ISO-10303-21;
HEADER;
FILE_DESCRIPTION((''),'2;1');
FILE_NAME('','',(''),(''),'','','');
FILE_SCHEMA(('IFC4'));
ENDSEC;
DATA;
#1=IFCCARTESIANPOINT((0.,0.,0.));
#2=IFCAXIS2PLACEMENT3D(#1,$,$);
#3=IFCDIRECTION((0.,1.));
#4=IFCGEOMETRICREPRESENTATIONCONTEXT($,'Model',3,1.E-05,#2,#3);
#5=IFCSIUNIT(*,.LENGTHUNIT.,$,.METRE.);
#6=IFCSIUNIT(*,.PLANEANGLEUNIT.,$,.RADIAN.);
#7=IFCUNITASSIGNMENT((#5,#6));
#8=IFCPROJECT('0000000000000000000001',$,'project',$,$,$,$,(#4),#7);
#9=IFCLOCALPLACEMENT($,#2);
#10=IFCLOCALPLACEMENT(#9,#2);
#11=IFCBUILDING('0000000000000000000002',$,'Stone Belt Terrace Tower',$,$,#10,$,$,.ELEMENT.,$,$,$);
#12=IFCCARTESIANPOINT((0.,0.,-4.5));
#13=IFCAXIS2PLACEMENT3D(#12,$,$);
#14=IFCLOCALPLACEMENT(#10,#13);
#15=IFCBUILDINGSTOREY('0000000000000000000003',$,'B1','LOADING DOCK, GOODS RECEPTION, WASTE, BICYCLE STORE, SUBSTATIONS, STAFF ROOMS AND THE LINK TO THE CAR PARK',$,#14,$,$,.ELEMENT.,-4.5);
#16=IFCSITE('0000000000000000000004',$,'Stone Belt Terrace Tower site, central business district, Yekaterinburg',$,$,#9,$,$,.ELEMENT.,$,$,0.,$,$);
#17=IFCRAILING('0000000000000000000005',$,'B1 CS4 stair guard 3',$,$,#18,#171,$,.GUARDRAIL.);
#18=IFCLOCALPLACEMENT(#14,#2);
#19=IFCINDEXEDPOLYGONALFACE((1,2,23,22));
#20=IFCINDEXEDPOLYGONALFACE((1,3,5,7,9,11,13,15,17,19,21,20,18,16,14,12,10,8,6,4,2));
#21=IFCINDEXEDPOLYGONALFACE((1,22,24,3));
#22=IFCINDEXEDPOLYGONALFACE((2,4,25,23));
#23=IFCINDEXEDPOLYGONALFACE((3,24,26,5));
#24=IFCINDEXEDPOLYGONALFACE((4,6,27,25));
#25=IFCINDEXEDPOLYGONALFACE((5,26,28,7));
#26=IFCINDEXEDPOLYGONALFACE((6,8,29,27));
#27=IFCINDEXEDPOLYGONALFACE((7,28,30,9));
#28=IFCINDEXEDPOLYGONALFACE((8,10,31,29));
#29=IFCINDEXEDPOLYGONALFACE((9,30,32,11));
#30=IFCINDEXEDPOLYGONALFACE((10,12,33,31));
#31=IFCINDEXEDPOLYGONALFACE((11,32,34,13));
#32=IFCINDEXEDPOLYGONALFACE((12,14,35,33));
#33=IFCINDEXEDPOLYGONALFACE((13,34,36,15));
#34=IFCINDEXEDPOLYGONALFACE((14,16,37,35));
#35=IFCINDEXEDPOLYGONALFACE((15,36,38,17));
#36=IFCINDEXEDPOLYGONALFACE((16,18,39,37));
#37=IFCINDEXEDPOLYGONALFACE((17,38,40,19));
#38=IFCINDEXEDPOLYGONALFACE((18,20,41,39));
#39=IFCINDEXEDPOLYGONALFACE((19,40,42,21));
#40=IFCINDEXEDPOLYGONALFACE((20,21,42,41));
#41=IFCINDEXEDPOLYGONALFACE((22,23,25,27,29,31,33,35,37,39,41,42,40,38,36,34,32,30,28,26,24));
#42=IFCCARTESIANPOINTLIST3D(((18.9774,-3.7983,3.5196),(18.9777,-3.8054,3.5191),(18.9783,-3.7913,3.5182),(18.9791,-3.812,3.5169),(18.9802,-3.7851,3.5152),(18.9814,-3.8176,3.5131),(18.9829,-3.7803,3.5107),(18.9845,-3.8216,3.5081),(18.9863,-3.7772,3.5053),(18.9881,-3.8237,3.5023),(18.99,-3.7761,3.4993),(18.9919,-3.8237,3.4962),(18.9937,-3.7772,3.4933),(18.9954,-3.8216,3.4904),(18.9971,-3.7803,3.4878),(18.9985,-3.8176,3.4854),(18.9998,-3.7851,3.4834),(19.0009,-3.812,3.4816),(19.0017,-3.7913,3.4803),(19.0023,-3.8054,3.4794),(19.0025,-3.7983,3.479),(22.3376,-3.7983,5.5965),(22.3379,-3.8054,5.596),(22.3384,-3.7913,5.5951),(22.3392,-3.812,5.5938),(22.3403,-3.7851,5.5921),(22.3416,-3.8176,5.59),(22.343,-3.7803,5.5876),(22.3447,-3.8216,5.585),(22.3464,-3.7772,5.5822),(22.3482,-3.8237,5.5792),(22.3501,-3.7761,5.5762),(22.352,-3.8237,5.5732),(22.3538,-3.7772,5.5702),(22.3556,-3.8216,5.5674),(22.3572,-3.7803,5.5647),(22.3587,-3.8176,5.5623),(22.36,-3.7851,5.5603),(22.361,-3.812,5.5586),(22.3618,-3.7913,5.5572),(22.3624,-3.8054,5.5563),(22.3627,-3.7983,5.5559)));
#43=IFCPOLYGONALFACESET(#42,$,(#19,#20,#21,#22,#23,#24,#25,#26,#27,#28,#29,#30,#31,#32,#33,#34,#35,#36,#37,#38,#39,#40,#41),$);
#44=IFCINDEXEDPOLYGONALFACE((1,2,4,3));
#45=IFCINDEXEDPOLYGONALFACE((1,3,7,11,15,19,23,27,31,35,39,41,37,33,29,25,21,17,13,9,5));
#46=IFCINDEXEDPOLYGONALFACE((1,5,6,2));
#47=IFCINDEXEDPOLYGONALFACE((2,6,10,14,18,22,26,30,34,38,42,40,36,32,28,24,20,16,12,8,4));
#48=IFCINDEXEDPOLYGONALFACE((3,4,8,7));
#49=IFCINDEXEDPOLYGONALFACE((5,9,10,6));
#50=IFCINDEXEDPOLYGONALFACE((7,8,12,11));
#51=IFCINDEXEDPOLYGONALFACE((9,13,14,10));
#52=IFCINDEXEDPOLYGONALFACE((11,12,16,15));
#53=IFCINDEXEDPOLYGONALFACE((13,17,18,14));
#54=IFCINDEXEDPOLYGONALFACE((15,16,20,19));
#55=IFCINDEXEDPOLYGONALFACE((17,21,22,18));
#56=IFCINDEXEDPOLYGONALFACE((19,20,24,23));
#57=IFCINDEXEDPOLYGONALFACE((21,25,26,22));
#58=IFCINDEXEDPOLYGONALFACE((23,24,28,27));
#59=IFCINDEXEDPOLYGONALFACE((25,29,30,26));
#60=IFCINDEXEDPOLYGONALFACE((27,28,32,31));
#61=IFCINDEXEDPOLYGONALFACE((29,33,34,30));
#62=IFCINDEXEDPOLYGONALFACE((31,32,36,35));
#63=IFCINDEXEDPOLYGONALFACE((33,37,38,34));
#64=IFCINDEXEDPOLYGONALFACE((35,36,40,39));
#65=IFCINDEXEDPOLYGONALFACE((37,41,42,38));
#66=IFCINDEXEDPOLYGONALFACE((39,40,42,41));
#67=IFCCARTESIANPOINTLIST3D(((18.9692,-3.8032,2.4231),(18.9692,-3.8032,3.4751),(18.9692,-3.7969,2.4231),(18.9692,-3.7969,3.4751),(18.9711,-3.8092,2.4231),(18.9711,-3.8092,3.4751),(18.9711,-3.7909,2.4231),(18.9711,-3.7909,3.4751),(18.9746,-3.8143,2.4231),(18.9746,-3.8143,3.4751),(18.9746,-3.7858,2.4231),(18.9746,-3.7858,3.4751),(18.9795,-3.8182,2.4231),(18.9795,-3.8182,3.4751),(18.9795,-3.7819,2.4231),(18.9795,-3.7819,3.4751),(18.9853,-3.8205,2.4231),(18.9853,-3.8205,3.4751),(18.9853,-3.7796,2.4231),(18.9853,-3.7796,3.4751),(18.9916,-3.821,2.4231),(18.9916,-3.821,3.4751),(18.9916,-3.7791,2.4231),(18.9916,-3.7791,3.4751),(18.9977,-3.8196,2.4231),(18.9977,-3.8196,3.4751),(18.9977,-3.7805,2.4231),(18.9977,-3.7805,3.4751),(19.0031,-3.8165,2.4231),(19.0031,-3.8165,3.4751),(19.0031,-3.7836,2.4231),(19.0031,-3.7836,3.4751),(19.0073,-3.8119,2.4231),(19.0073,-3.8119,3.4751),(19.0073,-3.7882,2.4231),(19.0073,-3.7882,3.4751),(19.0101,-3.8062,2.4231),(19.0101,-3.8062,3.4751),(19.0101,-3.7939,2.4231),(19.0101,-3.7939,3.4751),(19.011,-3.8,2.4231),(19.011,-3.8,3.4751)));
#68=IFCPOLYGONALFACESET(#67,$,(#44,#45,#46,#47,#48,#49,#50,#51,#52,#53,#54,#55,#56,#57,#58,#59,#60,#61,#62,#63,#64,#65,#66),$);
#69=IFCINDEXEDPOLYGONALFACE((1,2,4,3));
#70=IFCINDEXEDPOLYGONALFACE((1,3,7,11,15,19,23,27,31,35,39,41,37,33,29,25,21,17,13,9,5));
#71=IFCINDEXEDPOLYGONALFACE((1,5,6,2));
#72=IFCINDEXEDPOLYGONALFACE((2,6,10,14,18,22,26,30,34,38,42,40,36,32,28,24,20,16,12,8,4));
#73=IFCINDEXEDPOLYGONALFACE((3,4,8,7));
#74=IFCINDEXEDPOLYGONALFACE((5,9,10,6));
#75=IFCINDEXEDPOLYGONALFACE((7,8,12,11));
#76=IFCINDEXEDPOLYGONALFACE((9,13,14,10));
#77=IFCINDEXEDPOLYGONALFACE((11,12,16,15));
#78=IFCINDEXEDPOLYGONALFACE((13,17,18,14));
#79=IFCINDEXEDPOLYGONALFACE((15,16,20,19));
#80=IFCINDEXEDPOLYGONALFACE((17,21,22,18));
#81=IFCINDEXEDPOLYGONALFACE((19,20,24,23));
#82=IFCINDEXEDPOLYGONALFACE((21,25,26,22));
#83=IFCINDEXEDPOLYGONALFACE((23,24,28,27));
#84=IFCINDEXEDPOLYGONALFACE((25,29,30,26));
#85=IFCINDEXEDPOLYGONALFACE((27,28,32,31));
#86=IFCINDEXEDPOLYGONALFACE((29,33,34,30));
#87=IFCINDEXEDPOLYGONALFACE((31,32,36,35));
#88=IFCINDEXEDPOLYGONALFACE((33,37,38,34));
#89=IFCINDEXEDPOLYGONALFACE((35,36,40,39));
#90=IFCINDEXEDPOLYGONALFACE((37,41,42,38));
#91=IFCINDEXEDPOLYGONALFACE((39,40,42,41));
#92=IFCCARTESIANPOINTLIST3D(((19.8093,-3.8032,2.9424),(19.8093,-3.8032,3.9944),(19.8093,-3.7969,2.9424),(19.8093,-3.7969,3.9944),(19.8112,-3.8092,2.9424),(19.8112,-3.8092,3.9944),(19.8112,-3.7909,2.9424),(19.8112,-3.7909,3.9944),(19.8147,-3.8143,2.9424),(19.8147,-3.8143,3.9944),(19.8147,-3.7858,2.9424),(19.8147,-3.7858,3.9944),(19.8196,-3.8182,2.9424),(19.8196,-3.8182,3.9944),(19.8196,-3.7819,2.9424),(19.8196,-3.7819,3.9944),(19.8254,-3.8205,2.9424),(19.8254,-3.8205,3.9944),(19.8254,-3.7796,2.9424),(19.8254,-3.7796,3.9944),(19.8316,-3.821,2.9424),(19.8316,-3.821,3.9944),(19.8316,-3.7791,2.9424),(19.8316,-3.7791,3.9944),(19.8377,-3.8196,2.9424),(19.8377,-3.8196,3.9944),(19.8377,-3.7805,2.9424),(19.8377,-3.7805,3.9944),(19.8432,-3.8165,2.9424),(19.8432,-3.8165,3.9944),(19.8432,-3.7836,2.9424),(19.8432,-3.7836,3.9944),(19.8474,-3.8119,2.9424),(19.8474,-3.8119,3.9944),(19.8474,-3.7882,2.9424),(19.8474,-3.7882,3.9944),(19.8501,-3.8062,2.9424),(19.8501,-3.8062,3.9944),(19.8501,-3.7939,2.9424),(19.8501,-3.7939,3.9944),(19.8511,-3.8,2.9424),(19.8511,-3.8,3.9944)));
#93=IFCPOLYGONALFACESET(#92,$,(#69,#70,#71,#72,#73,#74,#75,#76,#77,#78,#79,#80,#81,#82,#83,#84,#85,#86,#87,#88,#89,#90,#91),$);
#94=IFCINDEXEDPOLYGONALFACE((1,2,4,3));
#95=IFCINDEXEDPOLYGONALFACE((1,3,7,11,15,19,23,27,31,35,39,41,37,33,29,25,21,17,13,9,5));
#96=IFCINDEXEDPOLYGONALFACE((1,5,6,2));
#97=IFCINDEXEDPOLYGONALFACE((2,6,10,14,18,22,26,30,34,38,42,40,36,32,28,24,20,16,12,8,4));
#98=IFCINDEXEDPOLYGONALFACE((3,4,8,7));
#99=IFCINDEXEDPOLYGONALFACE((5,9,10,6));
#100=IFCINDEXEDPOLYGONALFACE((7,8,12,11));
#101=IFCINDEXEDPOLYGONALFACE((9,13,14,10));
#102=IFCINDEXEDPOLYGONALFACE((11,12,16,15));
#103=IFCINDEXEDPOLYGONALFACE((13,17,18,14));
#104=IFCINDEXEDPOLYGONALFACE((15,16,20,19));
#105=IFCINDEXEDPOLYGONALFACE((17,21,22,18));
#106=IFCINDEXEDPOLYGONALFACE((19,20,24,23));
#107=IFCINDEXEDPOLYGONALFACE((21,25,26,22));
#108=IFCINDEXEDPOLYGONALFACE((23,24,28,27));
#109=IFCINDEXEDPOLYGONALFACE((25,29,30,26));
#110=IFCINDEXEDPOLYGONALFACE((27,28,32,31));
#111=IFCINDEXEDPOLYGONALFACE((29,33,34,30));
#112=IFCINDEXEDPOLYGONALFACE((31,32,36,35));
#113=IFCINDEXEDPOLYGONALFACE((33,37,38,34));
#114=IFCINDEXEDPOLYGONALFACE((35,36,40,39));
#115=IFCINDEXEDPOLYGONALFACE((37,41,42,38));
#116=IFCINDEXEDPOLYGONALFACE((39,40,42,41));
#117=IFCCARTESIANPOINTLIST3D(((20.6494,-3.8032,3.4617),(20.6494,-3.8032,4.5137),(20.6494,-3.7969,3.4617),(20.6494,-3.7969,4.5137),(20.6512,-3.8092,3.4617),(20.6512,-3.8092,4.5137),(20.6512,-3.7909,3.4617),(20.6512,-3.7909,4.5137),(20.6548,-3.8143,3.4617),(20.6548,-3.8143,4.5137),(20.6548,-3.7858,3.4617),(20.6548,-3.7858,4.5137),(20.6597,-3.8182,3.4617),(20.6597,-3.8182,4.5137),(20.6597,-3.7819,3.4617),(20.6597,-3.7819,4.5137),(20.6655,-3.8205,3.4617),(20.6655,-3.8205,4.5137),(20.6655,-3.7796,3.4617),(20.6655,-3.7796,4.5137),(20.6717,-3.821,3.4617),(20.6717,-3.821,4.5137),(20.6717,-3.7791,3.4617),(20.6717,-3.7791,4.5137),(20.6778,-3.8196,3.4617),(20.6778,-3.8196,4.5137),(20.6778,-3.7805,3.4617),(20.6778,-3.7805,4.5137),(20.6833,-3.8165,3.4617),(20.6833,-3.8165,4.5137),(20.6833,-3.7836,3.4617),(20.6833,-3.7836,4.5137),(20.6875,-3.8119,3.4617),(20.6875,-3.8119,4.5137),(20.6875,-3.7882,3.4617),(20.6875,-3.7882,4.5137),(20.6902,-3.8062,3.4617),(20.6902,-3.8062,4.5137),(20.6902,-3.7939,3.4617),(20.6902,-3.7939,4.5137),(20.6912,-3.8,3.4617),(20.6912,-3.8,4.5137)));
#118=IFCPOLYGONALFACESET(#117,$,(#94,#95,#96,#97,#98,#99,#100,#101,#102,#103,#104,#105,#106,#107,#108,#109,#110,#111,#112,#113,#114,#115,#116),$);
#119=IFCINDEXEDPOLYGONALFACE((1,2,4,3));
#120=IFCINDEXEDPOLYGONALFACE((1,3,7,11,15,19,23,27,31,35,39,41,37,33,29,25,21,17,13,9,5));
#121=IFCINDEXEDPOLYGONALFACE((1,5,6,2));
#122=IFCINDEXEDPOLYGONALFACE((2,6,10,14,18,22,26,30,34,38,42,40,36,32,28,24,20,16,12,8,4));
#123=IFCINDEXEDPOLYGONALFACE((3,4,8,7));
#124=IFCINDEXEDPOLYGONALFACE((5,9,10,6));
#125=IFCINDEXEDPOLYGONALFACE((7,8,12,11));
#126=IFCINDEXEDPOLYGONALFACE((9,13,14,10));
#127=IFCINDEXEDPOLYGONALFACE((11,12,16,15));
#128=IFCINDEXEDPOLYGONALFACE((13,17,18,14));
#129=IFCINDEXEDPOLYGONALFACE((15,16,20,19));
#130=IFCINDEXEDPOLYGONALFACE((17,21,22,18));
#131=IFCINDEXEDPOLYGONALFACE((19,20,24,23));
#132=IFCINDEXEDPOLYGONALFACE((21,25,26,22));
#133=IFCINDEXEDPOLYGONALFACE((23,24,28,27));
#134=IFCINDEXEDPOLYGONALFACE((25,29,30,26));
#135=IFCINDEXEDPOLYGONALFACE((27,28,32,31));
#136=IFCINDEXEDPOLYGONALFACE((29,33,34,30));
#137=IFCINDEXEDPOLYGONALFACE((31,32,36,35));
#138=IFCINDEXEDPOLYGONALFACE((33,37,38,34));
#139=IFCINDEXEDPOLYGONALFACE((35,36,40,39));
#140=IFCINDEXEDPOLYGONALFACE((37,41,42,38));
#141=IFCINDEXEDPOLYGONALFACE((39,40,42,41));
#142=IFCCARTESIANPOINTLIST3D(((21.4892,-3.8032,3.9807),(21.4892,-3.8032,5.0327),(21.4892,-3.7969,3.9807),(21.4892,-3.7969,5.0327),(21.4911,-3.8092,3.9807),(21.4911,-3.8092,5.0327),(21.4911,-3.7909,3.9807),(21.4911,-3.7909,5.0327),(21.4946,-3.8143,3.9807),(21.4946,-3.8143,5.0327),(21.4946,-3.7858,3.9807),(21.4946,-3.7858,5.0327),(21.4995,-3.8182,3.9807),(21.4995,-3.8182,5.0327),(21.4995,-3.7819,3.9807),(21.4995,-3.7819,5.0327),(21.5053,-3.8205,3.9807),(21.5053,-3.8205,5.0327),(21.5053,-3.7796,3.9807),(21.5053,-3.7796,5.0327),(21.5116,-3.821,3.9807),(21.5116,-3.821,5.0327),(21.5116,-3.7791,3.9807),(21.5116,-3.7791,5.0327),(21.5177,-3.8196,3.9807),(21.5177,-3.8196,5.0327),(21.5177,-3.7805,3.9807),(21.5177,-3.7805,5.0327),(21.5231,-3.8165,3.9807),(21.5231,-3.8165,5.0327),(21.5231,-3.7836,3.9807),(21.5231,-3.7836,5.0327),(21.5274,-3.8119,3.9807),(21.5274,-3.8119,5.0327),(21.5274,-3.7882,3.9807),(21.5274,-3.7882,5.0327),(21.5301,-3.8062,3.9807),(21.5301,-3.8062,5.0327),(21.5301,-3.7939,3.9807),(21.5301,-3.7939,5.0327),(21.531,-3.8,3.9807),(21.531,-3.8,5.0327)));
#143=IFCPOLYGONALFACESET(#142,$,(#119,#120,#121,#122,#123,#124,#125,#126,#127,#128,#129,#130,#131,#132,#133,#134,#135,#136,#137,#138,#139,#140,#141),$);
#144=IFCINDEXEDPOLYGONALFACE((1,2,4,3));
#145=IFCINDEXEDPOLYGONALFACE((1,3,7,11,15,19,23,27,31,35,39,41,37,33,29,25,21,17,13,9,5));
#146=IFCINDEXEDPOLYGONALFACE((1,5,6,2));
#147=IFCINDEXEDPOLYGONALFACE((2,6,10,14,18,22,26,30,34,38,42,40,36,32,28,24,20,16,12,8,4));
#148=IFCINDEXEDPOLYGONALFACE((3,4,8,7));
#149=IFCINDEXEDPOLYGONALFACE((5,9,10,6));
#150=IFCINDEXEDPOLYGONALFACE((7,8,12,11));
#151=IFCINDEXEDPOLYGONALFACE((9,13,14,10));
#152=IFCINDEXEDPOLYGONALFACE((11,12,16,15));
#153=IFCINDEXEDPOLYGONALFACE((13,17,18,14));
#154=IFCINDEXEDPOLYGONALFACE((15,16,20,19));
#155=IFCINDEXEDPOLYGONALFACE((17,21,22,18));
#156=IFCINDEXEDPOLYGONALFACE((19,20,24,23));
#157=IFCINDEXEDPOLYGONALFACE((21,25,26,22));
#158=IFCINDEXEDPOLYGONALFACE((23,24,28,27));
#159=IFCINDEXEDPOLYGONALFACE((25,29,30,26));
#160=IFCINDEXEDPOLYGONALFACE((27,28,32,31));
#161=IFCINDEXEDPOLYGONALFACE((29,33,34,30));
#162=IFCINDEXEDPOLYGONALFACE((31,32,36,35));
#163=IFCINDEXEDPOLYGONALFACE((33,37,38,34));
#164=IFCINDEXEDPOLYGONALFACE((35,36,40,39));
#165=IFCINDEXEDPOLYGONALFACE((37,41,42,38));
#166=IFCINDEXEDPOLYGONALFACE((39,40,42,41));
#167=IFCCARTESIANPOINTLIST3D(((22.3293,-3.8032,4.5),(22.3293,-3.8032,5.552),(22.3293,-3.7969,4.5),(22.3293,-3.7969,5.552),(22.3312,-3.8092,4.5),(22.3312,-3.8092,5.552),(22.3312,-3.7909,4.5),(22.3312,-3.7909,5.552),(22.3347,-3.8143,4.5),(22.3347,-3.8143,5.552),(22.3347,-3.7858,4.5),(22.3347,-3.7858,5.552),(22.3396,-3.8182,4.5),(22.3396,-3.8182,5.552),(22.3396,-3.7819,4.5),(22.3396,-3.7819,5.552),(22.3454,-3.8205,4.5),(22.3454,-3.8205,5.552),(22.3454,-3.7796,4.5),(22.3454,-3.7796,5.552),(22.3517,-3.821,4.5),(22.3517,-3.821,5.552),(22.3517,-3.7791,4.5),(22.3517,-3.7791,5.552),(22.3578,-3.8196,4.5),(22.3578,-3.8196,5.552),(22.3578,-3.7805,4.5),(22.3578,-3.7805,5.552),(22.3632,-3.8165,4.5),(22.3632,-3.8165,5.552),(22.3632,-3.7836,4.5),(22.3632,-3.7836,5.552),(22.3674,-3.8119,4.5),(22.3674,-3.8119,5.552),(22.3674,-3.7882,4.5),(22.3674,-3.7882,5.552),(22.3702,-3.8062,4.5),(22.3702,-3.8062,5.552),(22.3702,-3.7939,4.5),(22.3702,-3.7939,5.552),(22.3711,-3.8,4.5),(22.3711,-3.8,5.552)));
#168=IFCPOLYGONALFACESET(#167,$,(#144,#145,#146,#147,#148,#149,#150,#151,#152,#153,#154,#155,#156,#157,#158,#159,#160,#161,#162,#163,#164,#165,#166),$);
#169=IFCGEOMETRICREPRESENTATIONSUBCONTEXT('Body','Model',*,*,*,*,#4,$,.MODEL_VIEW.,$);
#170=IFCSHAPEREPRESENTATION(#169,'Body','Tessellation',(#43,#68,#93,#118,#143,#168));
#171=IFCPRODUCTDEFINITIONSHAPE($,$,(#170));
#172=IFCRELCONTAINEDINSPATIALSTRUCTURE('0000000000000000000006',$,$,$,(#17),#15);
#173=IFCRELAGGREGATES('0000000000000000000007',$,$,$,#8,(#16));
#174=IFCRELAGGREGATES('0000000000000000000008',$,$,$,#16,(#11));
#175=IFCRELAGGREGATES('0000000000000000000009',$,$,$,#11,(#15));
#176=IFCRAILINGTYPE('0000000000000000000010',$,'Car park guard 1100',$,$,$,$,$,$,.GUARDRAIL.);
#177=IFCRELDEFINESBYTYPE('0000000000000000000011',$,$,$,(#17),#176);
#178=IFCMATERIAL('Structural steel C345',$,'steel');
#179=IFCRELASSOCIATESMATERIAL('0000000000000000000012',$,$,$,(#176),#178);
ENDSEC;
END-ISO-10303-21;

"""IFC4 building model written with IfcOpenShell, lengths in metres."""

from ifc_helpers import new_model, si_unit, direction, frame, origin, origin_2d, place, context, subcontext, project, spatial, circle, extrude, material, type_object, element, save


model = new_model("IFC4")

# Units and contexts
model_context = context("Model", 3, precision=1e-05, world=origin(), true_north=direction((0.0, 1.0)))
body_context = subcontext(model_context, "Body", "Model", "MODEL_VIEW")
ifc_project = project(units=[si_unit("LENGTHUNIT", "METRE"), si_unit("PLANEANGLEUNIT", "RADIAN")], contexts=[model_context])

# Site, building, storey
site_placement = place(None, origin())
site = spatial("IfcSite", under=ifc_project, at=site_placement, Name="Stone Belt Terrace Tower site, central business district, Yekaterinburg", CompositionType="ELEMENT", RefElevation=0.0)
building_placement = place(site_placement, origin())
building = spatial("IfcBuilding", under=site, at=building_placement, Name="Stone Belt Terrace Tower", CompositionType="ELEMENT")
storey_placement = place(building_placement, frame((0.0, 0.0, -4.5)))
storey = spatial("IfcBuildingStorey", under=building, at=storey_placement, Name="B1", Description="LOADING DOCK, GOODS RECEPTION, WASTE, BICYCLE STORE, SUBSTATIONS, STAFF ROOMS AND THE LINK TO THE CAR PARK", CompositionType="ELEMENT", Elevation=-4.5)

# Railing
ifc_material_1 = material(Name="Structural steel C345", Category="steel")
railing_type_1 = type_object("IfcRailingType", Name="Car park guard 1100", PredefinedType="GUARDRAIL", material=ifc_material_1)
railing_1_placement = place(storey_placement, frame((18.99, -3.8, 2.4231)))
element("IfcRailing", 1, at=railing_1_placement, inside=storey, type_object=railing_type_1, Name="B1 CS4 stair guard 3", PredefinedType="GUARDRAIL", context=body_context, shape_type="SweptSolid", body=[
    extrude(circle(Radius=0.0239, at=origin_2d()), frame((0.0, 0.0, 1.0762), z_axis=(0.850623, 0.0, 0.525776), x_axis=(0.0, 1.0, 0.0)), (0.0, 0.0, 1.0), 3.9502),
    extrude(circle(Radius=0.021, at=origin_2d()), origin(), (0.0, 0.0, 1.0), 1.052),
    extrude(circle(Radius=0.021, at=origin_2d()), frame((0.8401, 0.0, 0.5193)), (0.0, 0.0, 1.0), 1.052),
    extrude(circle(Radius=0.021, at=origin_2d()), frame((1.6802, 0.0, 1.0386)), (0.0, 0.0, 1.0), 1.052),
    extrude(circle(Radius=0.021, at=origin_2d()), frame((2.52, 0.0, 1.5576)), (0.0, 0.0, 1.0), 1.052),
    extrude(circle(Radius=0.021, at=origin_2d()), frame((3.3601, 0.0, 2.0769)), (0.0, 0.0, 1.0), 1.052),
])

save(model, "model.ifc")
